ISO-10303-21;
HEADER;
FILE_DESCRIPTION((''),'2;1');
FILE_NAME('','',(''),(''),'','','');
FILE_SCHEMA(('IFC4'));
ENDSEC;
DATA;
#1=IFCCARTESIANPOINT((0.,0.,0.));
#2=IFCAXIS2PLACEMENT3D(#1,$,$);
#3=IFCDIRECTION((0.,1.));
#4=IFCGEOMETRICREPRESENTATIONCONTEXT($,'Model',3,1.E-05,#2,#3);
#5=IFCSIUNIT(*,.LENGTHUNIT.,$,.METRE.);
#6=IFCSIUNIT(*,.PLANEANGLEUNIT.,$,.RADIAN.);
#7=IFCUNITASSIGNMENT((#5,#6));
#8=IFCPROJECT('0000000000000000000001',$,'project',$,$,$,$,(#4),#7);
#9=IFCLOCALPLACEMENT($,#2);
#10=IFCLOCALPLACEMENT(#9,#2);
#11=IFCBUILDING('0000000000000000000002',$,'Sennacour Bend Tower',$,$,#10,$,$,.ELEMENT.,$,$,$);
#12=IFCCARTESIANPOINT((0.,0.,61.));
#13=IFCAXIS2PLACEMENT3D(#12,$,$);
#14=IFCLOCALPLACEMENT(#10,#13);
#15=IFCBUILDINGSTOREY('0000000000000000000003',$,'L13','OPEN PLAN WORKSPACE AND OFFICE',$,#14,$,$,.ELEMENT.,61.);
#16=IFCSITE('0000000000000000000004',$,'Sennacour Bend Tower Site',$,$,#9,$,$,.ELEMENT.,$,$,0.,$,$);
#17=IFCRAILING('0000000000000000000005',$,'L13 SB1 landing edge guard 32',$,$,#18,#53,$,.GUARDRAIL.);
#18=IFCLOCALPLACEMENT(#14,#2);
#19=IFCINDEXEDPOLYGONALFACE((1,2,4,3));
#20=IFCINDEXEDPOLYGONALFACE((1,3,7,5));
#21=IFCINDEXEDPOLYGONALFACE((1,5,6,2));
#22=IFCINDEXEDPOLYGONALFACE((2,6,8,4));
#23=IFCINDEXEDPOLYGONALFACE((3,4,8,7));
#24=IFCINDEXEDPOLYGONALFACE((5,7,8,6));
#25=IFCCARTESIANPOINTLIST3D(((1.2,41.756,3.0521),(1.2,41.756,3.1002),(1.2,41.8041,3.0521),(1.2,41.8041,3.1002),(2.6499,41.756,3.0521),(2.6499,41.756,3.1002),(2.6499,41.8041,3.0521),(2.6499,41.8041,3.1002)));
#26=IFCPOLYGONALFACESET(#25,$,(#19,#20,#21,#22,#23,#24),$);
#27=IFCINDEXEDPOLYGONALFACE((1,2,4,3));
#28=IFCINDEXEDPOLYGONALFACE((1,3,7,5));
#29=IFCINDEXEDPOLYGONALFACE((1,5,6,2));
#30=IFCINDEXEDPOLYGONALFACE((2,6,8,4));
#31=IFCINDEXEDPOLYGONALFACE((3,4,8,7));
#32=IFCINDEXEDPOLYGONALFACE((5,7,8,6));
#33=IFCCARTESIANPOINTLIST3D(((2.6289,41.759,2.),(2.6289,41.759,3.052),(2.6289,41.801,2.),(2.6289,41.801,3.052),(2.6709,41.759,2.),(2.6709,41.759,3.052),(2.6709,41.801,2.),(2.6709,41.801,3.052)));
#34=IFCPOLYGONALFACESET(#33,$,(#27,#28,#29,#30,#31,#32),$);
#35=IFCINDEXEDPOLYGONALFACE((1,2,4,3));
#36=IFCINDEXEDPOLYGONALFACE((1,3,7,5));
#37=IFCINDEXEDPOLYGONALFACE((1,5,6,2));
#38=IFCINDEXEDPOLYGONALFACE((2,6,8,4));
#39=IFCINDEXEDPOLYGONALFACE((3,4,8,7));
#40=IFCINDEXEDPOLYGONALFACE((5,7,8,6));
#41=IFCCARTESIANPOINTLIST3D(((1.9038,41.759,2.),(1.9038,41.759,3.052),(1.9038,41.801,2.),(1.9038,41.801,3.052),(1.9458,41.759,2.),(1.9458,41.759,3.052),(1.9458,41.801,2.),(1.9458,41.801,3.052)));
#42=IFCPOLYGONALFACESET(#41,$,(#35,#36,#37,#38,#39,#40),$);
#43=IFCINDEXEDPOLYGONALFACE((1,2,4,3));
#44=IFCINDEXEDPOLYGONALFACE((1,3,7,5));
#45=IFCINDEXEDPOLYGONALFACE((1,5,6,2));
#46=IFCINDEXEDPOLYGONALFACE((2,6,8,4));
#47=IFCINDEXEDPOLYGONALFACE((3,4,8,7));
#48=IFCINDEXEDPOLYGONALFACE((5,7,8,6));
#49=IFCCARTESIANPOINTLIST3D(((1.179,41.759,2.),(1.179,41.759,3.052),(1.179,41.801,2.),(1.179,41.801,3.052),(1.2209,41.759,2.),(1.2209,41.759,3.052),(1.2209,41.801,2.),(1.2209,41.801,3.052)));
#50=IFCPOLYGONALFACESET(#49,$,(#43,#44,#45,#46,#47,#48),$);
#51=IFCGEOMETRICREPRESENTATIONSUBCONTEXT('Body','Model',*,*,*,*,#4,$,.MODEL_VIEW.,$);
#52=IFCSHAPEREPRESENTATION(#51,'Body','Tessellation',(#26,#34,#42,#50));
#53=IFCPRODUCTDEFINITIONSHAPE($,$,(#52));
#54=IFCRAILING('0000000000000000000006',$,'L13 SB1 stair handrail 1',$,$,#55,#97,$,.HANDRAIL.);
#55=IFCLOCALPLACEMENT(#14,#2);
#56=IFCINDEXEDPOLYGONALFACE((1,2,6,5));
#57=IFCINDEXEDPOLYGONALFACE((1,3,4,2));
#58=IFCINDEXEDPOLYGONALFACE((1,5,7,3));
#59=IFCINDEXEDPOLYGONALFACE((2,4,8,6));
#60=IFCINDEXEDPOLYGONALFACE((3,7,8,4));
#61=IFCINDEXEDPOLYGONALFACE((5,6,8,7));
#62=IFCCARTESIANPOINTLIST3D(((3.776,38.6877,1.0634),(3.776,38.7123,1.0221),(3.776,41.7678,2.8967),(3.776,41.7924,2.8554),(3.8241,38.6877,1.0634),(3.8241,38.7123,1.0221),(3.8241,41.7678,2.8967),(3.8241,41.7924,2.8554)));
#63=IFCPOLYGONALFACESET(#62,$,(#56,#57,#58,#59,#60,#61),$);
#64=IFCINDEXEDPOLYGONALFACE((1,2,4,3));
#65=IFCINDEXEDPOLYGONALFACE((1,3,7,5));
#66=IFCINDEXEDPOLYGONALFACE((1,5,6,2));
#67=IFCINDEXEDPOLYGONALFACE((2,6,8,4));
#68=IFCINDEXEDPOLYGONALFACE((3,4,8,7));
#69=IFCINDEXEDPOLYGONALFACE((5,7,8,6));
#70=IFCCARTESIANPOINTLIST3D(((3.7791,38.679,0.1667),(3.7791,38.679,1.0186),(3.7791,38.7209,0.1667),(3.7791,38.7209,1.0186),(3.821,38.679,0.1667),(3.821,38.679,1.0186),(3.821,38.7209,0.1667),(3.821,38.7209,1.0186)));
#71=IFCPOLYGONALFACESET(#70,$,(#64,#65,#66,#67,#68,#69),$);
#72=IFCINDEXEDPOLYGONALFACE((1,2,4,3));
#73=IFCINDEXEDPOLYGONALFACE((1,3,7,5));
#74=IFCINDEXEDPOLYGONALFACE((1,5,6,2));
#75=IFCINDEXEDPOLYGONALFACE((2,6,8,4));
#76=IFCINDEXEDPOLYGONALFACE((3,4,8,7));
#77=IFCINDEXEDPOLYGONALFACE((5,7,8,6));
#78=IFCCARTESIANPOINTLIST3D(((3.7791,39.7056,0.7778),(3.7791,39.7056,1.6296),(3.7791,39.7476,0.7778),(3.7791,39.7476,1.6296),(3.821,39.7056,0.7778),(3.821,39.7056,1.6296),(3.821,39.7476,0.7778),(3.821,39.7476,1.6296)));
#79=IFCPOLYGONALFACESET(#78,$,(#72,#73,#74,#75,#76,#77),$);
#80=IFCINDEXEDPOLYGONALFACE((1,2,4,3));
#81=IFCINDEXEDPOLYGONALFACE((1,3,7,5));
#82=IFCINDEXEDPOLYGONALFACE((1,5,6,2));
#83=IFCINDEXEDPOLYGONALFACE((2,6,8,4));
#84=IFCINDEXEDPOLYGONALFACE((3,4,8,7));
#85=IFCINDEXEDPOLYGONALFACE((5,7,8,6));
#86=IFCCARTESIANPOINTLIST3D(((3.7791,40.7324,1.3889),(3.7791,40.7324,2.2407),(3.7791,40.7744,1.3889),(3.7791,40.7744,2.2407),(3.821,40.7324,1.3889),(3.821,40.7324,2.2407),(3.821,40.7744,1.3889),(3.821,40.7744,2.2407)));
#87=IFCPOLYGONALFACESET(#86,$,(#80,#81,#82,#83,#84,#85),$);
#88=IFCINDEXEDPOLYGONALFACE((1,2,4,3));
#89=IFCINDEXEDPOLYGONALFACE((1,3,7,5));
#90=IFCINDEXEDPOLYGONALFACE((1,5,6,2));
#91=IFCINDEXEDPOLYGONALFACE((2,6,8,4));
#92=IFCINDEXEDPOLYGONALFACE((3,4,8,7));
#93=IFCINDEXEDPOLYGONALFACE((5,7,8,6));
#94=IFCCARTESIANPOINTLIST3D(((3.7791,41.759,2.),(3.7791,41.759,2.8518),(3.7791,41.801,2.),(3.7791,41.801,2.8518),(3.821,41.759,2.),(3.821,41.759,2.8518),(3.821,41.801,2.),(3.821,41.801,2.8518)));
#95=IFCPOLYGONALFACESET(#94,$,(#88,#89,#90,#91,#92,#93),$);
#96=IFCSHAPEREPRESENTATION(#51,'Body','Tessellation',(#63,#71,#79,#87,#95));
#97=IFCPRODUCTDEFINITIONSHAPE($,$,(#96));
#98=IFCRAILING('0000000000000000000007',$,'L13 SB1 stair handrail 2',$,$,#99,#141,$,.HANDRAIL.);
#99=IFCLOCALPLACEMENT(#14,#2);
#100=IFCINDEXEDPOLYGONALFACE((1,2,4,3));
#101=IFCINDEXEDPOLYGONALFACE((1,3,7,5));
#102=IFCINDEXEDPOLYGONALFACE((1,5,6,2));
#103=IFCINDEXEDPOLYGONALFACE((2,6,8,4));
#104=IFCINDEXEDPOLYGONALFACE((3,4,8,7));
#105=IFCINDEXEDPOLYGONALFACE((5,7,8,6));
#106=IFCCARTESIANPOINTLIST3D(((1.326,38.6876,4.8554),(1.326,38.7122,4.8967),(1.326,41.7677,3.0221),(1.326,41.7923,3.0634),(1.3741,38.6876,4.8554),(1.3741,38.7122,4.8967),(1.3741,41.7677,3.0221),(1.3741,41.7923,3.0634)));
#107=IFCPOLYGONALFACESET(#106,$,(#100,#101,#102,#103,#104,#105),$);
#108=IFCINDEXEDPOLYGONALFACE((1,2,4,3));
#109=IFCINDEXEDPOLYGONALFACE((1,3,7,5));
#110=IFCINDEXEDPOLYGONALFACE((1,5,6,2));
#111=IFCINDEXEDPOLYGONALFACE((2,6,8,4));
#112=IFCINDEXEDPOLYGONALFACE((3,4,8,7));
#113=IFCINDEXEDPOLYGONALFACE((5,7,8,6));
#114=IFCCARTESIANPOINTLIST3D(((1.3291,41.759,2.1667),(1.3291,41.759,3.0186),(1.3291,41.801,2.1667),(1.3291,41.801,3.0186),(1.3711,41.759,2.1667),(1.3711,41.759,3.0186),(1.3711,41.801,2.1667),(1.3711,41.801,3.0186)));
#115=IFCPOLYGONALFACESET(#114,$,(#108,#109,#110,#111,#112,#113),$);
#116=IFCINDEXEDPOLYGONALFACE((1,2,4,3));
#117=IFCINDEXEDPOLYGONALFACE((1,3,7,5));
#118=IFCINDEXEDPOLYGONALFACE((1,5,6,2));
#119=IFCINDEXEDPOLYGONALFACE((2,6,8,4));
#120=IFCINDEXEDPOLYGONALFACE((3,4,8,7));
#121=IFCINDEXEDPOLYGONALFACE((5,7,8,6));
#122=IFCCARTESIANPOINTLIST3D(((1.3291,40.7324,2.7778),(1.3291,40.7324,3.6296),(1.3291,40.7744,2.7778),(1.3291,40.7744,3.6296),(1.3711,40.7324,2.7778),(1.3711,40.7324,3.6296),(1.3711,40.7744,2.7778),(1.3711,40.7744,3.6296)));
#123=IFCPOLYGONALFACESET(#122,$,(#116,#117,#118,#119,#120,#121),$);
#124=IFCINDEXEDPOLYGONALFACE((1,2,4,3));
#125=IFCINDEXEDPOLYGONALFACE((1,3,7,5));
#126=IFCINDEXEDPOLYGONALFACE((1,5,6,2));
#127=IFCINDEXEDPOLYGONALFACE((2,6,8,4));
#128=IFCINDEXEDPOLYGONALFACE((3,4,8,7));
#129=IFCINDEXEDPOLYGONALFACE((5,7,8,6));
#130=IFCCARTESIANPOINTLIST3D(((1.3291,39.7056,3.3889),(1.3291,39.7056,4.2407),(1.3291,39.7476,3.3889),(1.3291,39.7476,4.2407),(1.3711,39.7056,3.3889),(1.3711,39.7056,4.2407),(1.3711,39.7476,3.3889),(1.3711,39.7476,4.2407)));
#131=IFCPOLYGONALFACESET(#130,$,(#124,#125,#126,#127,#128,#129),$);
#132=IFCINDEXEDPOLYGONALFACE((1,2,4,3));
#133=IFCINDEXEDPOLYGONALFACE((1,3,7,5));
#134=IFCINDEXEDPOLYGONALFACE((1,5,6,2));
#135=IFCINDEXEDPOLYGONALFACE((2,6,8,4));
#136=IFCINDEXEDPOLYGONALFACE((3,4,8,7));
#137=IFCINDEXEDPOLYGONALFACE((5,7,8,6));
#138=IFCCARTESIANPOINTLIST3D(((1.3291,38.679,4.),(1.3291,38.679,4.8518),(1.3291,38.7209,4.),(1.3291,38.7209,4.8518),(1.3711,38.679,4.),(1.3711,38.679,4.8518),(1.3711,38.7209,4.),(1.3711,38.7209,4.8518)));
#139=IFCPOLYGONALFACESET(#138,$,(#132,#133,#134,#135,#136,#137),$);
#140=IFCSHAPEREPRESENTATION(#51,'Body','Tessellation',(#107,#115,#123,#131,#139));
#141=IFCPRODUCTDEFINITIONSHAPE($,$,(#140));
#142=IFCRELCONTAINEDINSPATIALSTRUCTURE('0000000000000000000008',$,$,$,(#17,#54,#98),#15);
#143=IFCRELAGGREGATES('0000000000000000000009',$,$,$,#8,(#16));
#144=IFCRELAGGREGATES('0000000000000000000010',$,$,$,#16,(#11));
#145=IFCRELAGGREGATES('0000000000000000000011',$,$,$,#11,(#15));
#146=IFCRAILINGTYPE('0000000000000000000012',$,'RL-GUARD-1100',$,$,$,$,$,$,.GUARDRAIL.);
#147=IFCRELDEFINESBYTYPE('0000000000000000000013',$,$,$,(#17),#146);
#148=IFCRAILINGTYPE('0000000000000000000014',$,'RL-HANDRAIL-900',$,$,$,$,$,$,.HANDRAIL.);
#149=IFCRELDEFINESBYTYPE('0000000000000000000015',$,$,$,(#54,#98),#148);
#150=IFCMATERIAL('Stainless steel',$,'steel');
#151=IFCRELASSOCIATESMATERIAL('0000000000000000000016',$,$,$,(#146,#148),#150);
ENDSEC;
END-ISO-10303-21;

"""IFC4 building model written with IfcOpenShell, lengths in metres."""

from ifc_helpers import new_model, si_unit, direction, frame, origin, origin_2d, place, context, subcontext, project, spatial, rectangle, extrude, material, type_object, element, save


model = new_model("IFC4")

# Units and contexts
model_context = context("Model", 3, precision=1e-05, world=origin(), true_north=direction((0.0, 1.0)))
body_context = subcontext(model_context, "Body", "Model", "MODEL_VIEW")
ifc_project = project(units=[si_unit("LENGTHUNIT", "METRE"), si_unit("PLANEANGLEUNIT", "RADIAN")], contexts=[model_context])

# Site, building, storey
site_placement = place(None, origin())
site = spatial("IfcSite", under=ifc_project, at=site_placement, Name="Sennacour Bend Tower Site", CompositionType="ELEMENT", RefElevation=0.0)
building_placement = place(site_placement, origin())
building = spatial("IfcBuilding", under=site, at=building_placement, Name="Sennacour Bend Tower", CompositionType="ELEMENT")
storey_placement = place(building_placement, frame((0.0, 0.0, 61.0)))
storey = spatial("IfcBuildingStorey", under=building, at=storey_placement, Name="L13", Description="OPEN PLAN WORKSPACE AND OFFICE", CompositionType="ELEMENT", Elevation=61.0)

# Railings
ifc_material_1 = material(Name="Stainless steel", Category="steel")
railing_type_1 = type_object("IfcRailingType", Name="RL-GUARD-1100", PredefinedType="GUARDRAIL", material=ifc_material_1)
railing_1_placement = place(storey_placement, frame((2.6499, 41.78, 2.0)))
element("IfcRailing", 1, at=railing_1_placement, inside=storey, type_object=railing_type_1, Name="L13 SB1 landing edge guard 32", PredefinedType="GUARDRAIL", context=body_context, shape_type="SweptSolid", body=[
    extrude(rectangle(XDim=0.0481, YDim=0.0481, at=origin_2d()), frame((0.0, 0.0, 1.0762), z_axis=(-1.0, 0.0, 0.0), x_axis=(0.0, -1.0, 0.0)), (0.0, 0.0, 1.0), 1.45),
    extrude(rectangle(XDim=0.042, YDim=0.042, at=origin_2d()), origin(), (0.0, 0.0, 1.0), 1.052),
    extrude(rectangle(XDim=0.042, YDim=0.042, at=origin_2d()), frame((-0.7251, 0.0, 0.0)), (0.0, 0.0, 1.0), 1.052),
    extrude(rectangle(XDim=0.042, YDim=0.042, at=origin_2d()), frame((-1.45, 0.0, 0.0)), (0.0, 0.0, 1.0), 1.052),
])
railing_type_2 = type_object("IfcRailingType", Name="RL-HANDRAIL-900", PredefinedType="HANDRAIL", material=ifc_material_1)
railing_2_placement = place(storey_placement, frame((3.8, 38.7, 0.1667)))
element("IfcRailing", 2, at=railing_2_placement, inside=storey, type_object=railing_type_2, Name="L13 SB1 stair handrail 1", PredefinedType="HANDRAIL", context=body_context, shape_type="SweptSolid", body=[
    extrude(rectangle(XDim=0.0481, YDim=0.0481, at=origin_2d()), frame((0.0, 0.0, 0.876), z_axis=(0.0, 0.859309, 0.511458), x_axis=(-1.0, 0.0, 0.0)), (0.0, 0.0, 1.0), 3.5845),
    extrude(rectangle(XDim=0.042, YDim=0.042, at=origin_2d()), origin(), (0.0, 0.0, 1.0), 0.8518),
    extrude(rectangle(XDim=0.042, YDim=0.042, at=origin_2d()), frame((0.0, 1.0266, 0.6111)), (0.0, 0.0, 1.0), 0.8518),
    extrude(rectangle(XDim=0.042, YDim=0.042, at=origin_2d()), frame((0.0, 2.0535, 1.2222)), (0.0, 0.0, 1.0), 0.8518),
    extrude(rectangle(XDim=0.042, YDim=0.042, at=origin_2d()), frame((0.0, 3.0801, 1.8333)), (0.0, 0.0, 1.0), 0.8518),
])
railing_3_placement = place(storey_placement, frame((1.3501, 41.78, 2.1667)))
element("IfcRailing", 3, at=railing_3_placement, inside=storey, type_object=railing_type_2, Name="L13 SB1 stair handrail 2", PredefinedType="HANDRAIL", context=body_context, shape_type="SweptSolid", body=[
    extrude(rectangle(XDim=0.0481, YDim=0.0481, at=origin_2d()), frame((0.0, 0.0, 0.876), z_axis=(0.0, -0.859309, 0.511458), x_axis=(1.0, 0.0, 0.0)), (0.0, 0.0, 1.0), 3.5845),
    extrude(rectangle(XDim=0.042, YDim=0.042, at=origin_2d()), origin(), (0.0, 0.0, 1.0), 0.8518),
    extrude(rectangle(XDim=0.042, YDim=0.042, at=origin_2d()), frame((0.0, -1.0266, 0.6111)), (0.0, 0.0, 1.0), 0.8518),
    extrude(rectangle(XDim=0.042, YDim=0.042, at=origin_2d()), frame((0.0, -2.0535, 1.2222)), (0.0, 0.0, 1.0), 0.8518),
    extrude(rectangle(XDim=0.042, YDim=0.042, at=origin_2d()), frame((0.0, -3.0801, 1.8333)), (0.0, 0.0, 1.0), 0.8518),
])

save(model, "model.ifc")
